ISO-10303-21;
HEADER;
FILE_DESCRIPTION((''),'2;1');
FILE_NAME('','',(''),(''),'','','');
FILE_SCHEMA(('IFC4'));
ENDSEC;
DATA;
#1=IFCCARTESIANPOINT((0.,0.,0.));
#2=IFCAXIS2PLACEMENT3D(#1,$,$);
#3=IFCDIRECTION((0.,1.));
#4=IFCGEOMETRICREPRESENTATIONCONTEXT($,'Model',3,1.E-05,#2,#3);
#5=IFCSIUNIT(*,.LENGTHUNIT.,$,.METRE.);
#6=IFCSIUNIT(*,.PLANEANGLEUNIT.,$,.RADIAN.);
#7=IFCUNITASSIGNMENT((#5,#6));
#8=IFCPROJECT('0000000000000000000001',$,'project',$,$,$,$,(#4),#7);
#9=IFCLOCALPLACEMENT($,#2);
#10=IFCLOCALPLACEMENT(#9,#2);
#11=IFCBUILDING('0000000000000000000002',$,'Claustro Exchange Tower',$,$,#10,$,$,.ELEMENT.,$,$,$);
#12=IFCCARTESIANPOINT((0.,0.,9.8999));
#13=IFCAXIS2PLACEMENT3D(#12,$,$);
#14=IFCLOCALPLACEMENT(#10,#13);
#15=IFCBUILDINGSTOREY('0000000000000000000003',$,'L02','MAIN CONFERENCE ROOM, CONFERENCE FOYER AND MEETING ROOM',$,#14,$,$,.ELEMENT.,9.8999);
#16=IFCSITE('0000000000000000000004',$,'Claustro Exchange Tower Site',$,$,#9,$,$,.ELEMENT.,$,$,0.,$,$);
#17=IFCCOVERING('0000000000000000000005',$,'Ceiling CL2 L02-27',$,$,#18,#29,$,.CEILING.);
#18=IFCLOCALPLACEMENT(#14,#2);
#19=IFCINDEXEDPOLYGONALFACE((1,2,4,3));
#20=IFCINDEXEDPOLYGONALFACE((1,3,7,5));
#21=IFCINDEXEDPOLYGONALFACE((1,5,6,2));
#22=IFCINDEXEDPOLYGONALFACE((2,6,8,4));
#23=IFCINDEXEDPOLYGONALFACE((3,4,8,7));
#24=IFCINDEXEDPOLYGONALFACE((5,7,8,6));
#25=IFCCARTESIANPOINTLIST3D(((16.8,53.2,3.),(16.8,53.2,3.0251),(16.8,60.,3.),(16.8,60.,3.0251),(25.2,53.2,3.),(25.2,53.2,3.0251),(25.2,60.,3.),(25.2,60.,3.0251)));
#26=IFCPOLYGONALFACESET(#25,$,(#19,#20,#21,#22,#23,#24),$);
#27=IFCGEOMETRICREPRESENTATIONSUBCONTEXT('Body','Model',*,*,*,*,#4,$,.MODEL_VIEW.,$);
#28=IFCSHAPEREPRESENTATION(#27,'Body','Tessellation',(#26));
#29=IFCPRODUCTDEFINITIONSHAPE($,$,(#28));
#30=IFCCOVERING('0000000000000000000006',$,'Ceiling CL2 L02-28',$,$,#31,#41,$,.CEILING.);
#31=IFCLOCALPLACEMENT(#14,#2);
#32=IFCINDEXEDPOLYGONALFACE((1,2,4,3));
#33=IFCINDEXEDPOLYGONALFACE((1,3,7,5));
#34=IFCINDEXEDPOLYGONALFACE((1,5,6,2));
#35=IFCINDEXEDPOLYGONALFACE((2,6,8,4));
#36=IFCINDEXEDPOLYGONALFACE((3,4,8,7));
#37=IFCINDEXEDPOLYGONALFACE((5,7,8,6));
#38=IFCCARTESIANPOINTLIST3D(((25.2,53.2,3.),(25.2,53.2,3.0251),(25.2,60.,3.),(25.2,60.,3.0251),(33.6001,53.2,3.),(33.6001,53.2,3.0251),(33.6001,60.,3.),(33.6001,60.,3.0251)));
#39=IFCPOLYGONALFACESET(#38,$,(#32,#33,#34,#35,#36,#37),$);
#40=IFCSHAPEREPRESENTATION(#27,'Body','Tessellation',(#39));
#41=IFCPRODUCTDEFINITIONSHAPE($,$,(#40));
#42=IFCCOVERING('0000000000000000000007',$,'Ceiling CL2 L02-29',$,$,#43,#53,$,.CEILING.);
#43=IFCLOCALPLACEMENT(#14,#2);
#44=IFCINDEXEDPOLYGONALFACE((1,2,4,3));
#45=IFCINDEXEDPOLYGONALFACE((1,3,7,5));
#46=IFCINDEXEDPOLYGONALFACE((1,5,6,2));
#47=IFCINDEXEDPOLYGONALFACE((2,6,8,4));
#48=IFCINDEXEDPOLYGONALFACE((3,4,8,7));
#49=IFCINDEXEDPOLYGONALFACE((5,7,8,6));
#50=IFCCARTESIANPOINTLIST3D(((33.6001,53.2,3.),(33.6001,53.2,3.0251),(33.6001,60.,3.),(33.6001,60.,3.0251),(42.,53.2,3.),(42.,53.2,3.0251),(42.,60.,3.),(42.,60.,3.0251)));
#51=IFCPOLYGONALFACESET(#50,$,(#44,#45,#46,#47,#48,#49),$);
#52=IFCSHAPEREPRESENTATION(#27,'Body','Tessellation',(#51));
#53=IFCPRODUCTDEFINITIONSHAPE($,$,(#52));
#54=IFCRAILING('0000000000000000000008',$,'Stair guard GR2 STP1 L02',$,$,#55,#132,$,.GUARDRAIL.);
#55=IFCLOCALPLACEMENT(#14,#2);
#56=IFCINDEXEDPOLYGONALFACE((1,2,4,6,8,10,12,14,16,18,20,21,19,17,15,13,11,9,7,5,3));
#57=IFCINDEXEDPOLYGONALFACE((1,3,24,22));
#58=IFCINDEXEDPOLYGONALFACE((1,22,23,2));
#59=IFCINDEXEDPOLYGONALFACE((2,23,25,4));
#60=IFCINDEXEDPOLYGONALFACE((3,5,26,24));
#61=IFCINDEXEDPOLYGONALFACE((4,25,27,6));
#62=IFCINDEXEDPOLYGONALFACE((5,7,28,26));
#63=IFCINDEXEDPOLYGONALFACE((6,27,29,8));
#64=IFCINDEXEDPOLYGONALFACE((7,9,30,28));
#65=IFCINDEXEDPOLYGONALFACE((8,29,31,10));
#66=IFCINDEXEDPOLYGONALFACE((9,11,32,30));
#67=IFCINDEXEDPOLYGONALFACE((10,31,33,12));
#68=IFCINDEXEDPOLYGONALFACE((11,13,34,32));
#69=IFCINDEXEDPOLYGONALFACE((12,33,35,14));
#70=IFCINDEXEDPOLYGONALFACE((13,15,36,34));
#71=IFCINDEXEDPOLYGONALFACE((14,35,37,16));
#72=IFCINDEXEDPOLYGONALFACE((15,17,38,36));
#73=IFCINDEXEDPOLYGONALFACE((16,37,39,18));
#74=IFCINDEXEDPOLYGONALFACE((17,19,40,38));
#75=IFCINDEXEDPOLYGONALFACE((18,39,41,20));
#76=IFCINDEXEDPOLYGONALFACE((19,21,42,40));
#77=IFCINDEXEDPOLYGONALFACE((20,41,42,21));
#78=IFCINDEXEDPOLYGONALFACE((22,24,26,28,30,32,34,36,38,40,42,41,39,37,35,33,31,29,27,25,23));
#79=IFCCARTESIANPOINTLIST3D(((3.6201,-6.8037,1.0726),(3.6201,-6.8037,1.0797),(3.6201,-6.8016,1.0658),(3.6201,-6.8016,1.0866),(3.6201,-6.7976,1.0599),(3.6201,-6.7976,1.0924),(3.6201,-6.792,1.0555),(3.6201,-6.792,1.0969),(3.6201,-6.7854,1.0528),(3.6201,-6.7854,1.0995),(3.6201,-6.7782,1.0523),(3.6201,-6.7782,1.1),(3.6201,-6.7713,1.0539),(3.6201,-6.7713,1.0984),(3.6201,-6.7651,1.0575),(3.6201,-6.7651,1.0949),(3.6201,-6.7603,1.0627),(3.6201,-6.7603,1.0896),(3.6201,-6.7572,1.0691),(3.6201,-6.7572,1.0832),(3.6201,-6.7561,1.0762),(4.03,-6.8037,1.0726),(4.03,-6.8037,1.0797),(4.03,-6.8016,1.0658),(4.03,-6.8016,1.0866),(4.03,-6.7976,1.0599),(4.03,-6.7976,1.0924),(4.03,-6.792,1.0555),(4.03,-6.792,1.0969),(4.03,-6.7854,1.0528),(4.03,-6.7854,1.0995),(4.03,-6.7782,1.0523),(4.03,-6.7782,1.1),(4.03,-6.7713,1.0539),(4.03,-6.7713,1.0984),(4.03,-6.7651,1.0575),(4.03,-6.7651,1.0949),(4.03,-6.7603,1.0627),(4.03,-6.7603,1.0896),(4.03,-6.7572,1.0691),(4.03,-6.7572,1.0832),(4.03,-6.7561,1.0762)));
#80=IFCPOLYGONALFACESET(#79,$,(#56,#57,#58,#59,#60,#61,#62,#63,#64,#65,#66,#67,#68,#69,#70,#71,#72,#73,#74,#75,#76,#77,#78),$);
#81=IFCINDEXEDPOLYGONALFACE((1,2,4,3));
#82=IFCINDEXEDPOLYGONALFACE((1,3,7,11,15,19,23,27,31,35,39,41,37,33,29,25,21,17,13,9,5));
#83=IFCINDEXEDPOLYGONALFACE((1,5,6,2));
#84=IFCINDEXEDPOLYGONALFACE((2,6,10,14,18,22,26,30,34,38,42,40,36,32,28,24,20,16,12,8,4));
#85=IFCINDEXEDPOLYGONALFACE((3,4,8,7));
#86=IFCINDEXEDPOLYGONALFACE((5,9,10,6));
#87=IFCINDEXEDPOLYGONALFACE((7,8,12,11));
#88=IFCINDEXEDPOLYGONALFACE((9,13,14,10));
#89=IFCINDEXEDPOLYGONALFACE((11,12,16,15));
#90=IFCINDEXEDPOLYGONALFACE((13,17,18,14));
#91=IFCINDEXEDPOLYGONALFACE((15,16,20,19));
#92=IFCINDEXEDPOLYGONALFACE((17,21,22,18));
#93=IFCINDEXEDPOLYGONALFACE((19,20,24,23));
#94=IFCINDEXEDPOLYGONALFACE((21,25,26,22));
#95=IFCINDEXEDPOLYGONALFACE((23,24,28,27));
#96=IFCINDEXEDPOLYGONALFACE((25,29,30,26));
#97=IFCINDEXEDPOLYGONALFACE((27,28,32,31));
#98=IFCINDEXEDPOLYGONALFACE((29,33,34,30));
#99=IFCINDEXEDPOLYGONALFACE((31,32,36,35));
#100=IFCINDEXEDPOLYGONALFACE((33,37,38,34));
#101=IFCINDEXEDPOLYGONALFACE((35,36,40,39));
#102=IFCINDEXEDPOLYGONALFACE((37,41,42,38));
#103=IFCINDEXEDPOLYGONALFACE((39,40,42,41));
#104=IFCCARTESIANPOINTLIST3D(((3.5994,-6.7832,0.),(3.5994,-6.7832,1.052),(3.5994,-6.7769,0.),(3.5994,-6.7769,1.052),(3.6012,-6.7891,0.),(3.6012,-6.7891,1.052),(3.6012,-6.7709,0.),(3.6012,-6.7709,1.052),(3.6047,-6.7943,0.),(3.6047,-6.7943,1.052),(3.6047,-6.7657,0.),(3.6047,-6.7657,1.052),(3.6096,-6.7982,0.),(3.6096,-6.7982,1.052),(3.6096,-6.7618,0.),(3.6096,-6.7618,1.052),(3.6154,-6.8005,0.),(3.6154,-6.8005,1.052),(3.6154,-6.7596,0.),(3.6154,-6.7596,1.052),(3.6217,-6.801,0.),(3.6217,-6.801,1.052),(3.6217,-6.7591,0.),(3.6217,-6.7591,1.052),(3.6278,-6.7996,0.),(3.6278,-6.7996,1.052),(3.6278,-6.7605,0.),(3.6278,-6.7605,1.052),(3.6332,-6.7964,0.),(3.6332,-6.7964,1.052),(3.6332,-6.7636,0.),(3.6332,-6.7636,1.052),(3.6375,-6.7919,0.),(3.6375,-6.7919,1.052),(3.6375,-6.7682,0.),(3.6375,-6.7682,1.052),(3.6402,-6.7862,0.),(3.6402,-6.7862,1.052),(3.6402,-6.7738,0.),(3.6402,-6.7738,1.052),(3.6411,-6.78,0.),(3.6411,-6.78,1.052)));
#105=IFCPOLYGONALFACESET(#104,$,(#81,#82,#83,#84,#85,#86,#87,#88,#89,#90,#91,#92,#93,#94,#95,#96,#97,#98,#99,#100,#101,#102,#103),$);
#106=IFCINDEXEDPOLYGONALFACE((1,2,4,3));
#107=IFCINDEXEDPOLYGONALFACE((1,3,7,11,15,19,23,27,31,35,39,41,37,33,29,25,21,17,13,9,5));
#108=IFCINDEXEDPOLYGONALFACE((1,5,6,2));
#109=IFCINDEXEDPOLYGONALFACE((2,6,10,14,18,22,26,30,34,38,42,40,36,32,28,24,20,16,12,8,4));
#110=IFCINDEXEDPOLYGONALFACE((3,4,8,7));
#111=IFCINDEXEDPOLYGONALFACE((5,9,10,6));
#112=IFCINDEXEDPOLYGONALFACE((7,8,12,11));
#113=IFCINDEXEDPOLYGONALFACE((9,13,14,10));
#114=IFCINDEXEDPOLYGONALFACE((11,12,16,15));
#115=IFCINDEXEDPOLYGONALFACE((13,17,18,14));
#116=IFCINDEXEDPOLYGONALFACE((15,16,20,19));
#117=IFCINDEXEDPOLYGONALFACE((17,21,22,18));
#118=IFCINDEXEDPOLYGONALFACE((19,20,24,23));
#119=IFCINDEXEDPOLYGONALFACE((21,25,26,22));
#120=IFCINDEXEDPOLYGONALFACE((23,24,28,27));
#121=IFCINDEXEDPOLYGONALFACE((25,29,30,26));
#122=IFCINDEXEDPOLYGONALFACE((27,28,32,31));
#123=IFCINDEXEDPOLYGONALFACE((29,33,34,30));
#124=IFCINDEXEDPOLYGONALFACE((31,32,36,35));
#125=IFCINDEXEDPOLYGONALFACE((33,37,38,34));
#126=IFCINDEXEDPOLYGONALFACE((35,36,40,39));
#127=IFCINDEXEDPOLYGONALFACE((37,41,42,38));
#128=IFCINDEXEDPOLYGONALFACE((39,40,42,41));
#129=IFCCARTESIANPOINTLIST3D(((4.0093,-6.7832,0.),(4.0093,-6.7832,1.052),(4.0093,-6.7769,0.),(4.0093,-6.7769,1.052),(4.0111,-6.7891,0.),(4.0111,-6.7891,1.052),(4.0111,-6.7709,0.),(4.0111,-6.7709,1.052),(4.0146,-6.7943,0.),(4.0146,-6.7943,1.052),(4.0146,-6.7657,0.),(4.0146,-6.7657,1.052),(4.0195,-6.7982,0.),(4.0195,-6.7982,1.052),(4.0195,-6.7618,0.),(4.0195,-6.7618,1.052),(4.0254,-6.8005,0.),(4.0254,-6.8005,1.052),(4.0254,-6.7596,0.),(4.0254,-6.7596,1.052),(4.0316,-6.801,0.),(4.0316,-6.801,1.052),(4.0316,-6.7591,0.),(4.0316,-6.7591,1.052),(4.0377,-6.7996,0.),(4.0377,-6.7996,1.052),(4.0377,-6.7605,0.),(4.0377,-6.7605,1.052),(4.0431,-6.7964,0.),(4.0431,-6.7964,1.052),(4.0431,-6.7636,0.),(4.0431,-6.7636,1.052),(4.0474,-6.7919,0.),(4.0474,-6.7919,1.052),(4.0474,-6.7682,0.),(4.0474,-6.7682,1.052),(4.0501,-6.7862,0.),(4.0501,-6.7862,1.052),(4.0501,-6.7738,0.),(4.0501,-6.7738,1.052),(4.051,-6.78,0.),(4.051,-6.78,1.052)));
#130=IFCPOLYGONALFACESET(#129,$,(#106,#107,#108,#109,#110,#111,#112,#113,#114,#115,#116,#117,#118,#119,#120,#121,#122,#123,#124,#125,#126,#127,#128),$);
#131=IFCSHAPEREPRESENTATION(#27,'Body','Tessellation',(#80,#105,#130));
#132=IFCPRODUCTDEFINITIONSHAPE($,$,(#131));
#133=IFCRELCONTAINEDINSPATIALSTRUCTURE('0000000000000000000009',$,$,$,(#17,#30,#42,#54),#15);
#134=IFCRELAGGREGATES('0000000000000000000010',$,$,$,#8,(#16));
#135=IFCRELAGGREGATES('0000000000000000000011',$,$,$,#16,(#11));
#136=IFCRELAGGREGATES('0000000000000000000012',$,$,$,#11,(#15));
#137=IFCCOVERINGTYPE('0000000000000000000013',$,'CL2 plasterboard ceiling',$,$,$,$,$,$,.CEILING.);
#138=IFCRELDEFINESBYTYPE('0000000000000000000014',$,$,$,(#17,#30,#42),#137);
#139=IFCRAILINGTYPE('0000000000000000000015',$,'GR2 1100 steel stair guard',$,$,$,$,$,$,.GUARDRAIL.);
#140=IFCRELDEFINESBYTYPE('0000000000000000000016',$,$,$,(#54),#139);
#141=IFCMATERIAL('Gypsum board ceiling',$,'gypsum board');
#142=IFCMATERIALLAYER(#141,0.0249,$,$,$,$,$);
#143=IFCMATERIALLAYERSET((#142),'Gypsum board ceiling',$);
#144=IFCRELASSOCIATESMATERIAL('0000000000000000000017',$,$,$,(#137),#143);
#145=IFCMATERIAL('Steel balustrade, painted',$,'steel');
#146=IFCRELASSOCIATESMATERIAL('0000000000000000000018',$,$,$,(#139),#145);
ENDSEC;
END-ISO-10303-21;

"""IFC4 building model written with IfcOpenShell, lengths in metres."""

from ifc_helpers import new_model, si_unit, direction, frame, origin, origin_2d, place, context, subcontext, project, spatial, polyline, circle, outline, extrude, material, layer, layer_set, type_object, element, save


model = new_model("IFC4")

# Units and contexts
model_context = context("Model", 3, precision=1e-05, world=origin(), true_north=direction((0.0, 1.0)))
body_context = subcontext(model_context, "Body", "Model", "MODEL_VIEW")
ifc_project = project(units=[si_unit("LENGTHUNIT", "METRE"), si_unit("PLANEANGLEUNIT", "RADIAN")], contexts=[model_context])

# Site, building, storey
site_placement = place(None, origin())
site = spatial("IfcSite", under=ifc_project, at=site_placement, Name="Claustro Exchange Tower Site", CompositionType="ELEMENT", RefElevation=0.0)
building_placement = place(site_placement, origin())
building = spatial("IfcBuilding", under=site, at=building_placement, Name="Claustro Exchange Tower", CompositionType="ELEMENT")
storey_placement = place(building_placement, frame((0.0, 0.0, 9.8999)))
storey = spatial("IfcBuildingStorey", under=building, at=storey_placement, Name="L02", Description="MAIN CONFERENCE ROOM, CONFERENCE FOYER AND MEETING ROOM", CompositionType="ELEMENT", Elevation=9.8999)

# Coverings
ifc_material_1 = material(Name="Gypsum board ceiling", Category="gypsum board")
ifc_layer_1 = layer(ifc_material_1, 0.0249)
ifc_layer_set_1 = layer_set([ifc_layer_1], Name="Gypsum board ceiling")
covering_type = type_object("IfcCoveringType", Name="CL2 plasterboard ceiling", PredefinedType="CEILING", material=ifc_layer_set_1)
covering_1_placement = place(storey_placement, frame((0.0, 0.0, 3.0)))
element("IfcCovering", 1, at=covering_1_placement, inside=storey, type_object=covering_type, Name="Ceiling CL2 L02-27", PredefinedType="CEILING", context=body_context, shape_type="SweptSolid", body=[
    extrude(outline(polyline([(25.2, 60.0), (16.8, 60.0), (16.8, 53.2), (25.2, 53.2), (25.2, 60.0)])), origin(), (0.0, 0.0, 1.0), 0.0251),
])
covering_2_placement = place(storey_placement, frame((0.0, 0.0, 3.0)))
element("IfcCovering", 2, at=covering_2_placement, inside=storey, type_object=covering_type, Name="Ceiling CL2 L02-28", PredefinedType="CEILING", context=body_context, shape_type="SweptSolid", body=[
    extrude(outline(polyline([(33.6001, 60.0), (25.2, 60.0), (25.2, 53.2), (33.6001, 53.2), (33.6001, 60.0)])), origin(), (0.0, 0.0, 1.0), 0.0251),
])
covering_3_placement = place(storey_placement, frame((0.0, 0.0, 3.0)))
element("IfcCovering", 3, at=covering_3_placement, inside=storey, type_object=covering_type, Name="Ceiling CL2 L02-29", PredefinedType="CEILING", context=body_context, shape_type="SweptSolid", body=[
    extrude(outline(polyline([(42.0, 60.0), (33.6001, 60.0), (33.6001, 53.2), (42.0, 53.2), (42.0, 60.0)])), origin(), (0.0, 0.0, 1.0), 0.0251),
])

# Railing
ifc_material_2 = material(Name="Steel balustrade, painted", Category="steel")
railing_type_1 = type_object("IfcRailingType", Name="GR2 1100 steel stair guard", PredefinedType="GUARDRAIL", material=ifc_material_2)
railing_1_placement = place(storey_placement, frame((3.6201, -6.78, 0.0)))
element("IfcRailing", 4, at=railing_1_placement, inside=storey, type_object=railing_type_1, Name="Stair guard GR2 STP1 L02", PredefinedType="GUARDRAIL", context=body_context, shape_type="SweptSolid", body=[
    extrude(circle(Radius=0.0239, at=origin_2d()), frame((0.0, 0.0, 1.0762), z_axis=(1.0, 0.0, 0.0), x_axis=(0.0, 1.0, 0.0)), (0.0, 0.0, 1.0), 0.4099),
    extrude(circle(Radius=0.021, at=origin_2d()), origin(), (0.0, 0.0, 1.0), 1.052),
    extrude(circle(Radius=0.021, at=origin_2d()), frame((0.4099, 0.0, 0.0)), (0.0, 0.0, 1.0), 1.052),
])

save(model, "model.ifc")
